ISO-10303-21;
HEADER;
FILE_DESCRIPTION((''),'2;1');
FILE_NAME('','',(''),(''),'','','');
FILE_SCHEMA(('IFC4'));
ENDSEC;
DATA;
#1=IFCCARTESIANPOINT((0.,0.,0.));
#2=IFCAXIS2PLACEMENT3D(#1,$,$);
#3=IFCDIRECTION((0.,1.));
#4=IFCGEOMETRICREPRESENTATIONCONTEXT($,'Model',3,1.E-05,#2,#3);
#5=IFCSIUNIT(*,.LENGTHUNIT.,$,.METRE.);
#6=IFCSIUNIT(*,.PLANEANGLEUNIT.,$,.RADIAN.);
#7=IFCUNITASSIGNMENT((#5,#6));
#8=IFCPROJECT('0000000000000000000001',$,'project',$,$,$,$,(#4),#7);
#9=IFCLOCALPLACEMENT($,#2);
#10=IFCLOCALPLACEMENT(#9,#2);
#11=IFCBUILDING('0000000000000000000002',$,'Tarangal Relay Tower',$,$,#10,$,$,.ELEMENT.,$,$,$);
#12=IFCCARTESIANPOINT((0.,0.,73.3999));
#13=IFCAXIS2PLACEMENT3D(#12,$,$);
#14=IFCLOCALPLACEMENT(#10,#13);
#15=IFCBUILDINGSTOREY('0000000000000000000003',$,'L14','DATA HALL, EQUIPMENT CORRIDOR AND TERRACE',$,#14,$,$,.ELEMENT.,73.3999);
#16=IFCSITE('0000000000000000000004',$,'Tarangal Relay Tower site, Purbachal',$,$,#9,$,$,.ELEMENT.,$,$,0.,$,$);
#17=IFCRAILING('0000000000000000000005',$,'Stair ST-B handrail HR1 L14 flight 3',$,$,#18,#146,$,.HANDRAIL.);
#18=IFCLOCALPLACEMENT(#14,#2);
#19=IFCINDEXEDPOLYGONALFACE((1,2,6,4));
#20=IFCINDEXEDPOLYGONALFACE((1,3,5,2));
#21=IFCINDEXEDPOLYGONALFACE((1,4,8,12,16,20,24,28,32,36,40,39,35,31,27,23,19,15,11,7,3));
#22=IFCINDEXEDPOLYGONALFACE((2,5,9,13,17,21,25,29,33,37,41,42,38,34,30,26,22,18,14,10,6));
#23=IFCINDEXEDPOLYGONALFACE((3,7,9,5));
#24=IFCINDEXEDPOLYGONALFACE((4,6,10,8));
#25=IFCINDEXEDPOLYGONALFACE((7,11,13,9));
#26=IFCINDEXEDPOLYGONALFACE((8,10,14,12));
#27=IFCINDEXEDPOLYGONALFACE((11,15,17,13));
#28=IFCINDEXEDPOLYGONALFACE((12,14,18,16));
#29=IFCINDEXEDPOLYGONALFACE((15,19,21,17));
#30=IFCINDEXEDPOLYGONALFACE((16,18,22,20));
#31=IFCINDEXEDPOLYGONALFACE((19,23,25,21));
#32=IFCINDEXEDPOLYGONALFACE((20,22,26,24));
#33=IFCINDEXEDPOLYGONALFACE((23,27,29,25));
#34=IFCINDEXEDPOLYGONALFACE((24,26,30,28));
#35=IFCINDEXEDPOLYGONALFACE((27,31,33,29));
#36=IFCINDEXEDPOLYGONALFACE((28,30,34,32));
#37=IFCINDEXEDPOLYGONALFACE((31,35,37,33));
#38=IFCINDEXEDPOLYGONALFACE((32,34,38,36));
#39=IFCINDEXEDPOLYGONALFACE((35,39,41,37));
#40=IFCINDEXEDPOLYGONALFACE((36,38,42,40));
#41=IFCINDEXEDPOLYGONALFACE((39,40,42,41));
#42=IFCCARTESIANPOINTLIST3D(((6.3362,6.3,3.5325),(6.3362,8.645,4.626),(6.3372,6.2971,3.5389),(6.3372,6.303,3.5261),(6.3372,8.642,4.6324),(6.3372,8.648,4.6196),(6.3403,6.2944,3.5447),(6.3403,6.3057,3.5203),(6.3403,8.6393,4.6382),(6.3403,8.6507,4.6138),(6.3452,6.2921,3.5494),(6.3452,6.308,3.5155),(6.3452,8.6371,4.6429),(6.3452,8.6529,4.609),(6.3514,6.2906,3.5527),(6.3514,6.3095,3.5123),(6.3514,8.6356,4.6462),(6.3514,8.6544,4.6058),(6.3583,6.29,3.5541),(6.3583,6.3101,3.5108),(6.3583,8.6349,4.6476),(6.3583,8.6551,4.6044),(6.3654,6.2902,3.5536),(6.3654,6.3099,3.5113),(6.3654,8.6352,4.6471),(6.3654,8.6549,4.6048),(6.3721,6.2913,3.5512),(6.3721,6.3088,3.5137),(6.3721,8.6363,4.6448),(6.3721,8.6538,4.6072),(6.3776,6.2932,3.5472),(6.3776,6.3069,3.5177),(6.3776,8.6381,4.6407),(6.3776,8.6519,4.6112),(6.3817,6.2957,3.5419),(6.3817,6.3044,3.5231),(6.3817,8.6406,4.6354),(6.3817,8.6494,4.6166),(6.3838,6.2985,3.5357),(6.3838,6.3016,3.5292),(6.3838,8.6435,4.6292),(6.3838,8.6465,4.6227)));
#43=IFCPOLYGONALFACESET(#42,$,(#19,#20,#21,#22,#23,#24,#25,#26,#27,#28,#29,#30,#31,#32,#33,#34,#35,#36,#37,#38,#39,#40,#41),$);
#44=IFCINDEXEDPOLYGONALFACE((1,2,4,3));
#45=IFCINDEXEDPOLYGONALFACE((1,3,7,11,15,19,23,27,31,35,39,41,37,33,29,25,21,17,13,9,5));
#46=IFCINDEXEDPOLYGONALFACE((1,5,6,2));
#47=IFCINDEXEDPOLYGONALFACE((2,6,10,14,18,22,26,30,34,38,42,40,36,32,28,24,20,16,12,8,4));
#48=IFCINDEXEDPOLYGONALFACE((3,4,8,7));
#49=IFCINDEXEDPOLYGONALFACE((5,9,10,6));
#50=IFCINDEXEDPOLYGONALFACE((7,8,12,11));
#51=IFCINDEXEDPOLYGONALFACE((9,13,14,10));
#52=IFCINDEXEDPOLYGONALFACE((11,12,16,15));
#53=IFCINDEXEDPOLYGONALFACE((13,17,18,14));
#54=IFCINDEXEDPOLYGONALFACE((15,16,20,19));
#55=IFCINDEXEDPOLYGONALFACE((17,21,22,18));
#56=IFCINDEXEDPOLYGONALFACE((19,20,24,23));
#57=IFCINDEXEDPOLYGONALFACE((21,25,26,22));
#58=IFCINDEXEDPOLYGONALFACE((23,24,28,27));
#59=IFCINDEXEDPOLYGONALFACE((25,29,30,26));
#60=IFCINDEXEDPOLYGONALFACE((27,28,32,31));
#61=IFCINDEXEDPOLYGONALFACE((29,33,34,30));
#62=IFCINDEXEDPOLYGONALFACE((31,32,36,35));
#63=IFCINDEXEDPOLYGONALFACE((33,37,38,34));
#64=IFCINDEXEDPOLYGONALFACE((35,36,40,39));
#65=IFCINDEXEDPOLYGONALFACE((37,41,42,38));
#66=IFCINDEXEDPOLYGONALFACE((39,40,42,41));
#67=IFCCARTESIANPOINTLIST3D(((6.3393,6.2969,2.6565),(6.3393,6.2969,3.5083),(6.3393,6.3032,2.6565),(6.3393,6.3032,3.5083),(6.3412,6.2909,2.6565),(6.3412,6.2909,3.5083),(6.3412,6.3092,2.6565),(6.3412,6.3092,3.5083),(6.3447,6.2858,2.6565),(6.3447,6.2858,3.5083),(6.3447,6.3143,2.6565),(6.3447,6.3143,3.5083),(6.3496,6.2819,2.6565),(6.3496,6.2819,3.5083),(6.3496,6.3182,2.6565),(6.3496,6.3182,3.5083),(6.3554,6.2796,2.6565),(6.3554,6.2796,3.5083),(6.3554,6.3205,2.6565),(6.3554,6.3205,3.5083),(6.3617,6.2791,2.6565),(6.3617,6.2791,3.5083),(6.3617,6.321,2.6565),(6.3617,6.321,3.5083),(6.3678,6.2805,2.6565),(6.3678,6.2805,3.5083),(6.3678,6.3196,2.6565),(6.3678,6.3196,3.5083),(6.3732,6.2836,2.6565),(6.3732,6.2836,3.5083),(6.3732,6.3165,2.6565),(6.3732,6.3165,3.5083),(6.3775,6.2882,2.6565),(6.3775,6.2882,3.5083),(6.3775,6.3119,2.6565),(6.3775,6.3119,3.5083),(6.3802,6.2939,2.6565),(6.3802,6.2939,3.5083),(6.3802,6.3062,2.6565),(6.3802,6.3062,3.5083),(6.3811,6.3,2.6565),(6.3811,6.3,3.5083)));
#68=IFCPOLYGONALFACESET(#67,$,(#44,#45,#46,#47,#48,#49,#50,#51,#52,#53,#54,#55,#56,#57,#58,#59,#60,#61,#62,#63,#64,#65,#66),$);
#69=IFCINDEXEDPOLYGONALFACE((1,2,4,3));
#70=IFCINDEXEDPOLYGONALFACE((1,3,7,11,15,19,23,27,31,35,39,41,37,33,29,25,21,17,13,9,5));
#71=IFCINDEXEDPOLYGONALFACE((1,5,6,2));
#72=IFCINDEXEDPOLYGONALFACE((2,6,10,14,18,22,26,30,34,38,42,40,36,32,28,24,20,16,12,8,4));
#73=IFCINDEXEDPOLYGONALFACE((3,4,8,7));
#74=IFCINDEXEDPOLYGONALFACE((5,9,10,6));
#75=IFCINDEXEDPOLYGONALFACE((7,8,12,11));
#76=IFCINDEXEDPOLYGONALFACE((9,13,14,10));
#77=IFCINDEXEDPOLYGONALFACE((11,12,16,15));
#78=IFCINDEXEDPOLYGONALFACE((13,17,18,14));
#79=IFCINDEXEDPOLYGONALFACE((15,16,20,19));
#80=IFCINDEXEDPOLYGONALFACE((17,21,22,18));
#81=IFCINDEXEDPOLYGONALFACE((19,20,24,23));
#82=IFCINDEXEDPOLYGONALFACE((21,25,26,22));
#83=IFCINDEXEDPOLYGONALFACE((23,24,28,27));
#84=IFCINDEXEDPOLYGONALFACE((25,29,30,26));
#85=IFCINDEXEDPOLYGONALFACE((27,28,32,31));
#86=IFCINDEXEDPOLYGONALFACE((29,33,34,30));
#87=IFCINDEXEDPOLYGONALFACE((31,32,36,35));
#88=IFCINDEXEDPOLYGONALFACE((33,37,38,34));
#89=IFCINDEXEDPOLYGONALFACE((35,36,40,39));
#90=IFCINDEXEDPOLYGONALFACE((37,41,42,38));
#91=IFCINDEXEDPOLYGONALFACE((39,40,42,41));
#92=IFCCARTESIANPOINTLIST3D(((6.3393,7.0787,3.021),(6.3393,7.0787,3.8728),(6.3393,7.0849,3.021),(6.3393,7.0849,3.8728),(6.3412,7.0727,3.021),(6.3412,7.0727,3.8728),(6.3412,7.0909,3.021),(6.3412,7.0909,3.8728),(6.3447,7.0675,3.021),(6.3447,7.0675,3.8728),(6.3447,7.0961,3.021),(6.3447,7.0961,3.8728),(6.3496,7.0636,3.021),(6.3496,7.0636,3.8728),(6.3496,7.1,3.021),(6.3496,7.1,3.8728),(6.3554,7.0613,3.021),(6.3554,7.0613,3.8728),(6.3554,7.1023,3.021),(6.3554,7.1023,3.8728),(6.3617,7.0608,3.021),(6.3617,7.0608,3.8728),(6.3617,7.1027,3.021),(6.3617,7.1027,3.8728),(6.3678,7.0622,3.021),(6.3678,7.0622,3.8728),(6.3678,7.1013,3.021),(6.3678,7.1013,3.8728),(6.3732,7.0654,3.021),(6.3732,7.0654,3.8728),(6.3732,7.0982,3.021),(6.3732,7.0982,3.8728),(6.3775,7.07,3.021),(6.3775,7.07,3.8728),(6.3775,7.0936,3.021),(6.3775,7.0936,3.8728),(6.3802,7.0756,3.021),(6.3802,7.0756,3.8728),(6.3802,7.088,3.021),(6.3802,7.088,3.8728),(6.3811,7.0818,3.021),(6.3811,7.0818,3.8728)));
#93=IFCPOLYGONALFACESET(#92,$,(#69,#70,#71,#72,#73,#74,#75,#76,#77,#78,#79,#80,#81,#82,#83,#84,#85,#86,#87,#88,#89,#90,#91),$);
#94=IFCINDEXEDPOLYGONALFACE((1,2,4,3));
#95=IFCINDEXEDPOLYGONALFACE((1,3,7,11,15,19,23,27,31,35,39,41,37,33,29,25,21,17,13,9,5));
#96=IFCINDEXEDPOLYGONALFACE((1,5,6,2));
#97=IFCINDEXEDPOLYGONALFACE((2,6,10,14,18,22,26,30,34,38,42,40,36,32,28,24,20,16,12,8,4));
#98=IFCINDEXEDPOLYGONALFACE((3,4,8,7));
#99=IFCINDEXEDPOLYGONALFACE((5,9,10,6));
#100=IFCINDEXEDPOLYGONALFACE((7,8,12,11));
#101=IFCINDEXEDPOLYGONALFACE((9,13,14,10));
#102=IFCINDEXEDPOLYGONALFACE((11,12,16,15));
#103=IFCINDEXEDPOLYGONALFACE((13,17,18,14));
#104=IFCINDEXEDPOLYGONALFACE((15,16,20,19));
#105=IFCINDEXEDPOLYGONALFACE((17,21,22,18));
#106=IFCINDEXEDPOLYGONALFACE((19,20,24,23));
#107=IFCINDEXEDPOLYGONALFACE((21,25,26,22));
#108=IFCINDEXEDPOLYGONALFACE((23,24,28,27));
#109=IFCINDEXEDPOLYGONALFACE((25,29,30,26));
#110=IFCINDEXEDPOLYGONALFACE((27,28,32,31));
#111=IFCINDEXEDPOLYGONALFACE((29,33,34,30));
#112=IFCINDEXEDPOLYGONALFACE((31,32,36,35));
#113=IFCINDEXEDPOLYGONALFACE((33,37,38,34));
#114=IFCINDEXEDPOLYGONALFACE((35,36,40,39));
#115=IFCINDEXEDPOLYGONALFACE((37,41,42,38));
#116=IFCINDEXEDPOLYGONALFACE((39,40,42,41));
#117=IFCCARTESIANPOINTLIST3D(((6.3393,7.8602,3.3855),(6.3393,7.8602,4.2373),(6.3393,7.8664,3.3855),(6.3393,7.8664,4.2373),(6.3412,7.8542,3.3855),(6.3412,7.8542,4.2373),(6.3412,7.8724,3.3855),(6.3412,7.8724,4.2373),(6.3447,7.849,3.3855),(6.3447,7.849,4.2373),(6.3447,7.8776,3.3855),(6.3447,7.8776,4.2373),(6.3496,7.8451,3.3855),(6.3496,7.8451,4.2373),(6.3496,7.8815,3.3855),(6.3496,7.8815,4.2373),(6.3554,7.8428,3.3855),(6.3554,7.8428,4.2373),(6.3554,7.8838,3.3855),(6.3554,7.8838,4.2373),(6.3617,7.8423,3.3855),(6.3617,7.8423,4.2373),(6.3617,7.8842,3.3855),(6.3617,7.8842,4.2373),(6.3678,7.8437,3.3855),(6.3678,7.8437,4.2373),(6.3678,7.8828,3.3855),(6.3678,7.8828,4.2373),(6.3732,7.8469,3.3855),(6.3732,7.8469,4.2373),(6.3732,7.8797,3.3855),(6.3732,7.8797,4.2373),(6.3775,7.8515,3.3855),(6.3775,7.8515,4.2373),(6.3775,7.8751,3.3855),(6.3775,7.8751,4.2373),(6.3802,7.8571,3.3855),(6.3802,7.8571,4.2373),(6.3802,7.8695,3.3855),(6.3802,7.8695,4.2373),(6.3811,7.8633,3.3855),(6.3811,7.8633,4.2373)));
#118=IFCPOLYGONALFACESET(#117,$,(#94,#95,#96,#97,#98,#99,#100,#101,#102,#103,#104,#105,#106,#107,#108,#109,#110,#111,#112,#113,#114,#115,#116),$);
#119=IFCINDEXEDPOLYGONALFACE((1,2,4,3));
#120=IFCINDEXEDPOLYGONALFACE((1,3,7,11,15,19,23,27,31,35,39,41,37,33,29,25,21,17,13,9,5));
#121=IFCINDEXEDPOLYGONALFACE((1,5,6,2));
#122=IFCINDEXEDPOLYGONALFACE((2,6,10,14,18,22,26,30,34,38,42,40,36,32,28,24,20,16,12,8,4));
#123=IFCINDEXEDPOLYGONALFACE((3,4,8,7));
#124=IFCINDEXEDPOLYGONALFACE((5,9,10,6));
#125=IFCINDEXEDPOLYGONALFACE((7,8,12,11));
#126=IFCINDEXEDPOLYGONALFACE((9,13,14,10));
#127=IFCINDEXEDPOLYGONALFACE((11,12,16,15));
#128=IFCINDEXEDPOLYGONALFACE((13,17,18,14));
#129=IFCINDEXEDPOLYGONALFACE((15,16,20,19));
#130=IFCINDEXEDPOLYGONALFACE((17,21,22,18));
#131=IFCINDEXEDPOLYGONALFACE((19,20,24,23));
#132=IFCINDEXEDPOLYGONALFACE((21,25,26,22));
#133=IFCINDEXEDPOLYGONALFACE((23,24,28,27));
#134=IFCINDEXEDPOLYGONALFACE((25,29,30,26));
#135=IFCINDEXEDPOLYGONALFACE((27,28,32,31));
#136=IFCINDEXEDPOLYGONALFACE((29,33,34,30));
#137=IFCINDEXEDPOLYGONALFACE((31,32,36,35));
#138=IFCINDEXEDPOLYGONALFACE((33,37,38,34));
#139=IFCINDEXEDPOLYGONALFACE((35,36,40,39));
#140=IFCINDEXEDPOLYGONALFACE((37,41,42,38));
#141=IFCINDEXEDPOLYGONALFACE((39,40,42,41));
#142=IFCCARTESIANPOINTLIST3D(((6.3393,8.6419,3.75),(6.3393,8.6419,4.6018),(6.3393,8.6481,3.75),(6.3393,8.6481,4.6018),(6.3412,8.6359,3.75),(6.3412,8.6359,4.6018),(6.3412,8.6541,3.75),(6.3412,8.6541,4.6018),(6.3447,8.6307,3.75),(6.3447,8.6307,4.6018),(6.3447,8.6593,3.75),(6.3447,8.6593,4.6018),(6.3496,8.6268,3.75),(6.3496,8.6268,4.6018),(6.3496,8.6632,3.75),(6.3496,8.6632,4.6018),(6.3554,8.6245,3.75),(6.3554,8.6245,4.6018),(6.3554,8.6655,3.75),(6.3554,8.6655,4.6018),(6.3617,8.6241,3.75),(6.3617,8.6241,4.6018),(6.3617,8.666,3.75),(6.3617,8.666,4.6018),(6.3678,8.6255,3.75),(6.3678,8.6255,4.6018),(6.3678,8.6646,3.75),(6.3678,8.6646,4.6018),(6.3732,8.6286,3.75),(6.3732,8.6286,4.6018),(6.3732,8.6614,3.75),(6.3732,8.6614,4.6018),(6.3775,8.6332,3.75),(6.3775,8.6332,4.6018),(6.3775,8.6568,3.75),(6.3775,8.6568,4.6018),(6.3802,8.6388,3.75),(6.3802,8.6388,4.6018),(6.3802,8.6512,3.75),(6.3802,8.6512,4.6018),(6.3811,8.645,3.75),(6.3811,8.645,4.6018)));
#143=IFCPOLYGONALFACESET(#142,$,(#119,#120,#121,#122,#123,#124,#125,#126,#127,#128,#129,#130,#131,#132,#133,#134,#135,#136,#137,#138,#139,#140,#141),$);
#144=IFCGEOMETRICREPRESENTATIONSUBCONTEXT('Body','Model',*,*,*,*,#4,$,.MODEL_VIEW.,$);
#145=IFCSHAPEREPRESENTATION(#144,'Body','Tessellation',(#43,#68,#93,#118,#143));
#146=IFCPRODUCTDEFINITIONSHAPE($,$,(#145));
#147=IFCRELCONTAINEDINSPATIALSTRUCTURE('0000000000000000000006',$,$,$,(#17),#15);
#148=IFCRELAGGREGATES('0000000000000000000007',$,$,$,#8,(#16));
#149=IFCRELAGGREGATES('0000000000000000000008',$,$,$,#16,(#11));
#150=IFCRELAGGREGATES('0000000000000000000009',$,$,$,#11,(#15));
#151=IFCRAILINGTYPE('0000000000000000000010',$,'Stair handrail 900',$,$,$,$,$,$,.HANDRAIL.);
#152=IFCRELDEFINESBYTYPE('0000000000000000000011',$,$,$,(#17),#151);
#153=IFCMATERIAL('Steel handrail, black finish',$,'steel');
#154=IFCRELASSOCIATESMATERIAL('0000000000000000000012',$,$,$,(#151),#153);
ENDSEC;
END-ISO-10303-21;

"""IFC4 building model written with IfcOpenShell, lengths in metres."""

from ifc_helpers import new_model, si_unit, direction, frame, origin, origin_2d, place, context, subcontext, project, spatial, circle, extrude, material, type_object, element, save


model = new_model("IFC4")

# Units and contexts
model_context = context("Model", 3, precision=1e-05, world=origin(), true_north=direction((0.0, 1.0)))
body_context = subcontext(model_context, "Body", "Model", "MODEL_VIEW")
ifc_project = project(units=[si_unit("LENGTHUNIT", "METRE"), si_unit("PLANEANGLEUNIT", "RADIAN")], contexts=[model_context])

# Site, building, storey
site_placement = place(None, origin())
site = spatial("IfcSite", under=ifc_project, at=site_placement, Name="Tarangal Relay Tower site, Purbachal", CompositionType="ELEMENT", RefElevation=0.0)
building_placement = place(site_placement, origin())
building = spatial("IfcBuilding", under=site, at=building_placement, Name="Tarangal Relay Tower", CompositionType="ELEMENT")
storey_placement = place(building_placement, frame((0.0, 0.0, 73.3999)))
storey = spatial("IfcBuildingStorey", under=building, at=storey_placement, Name="L14", Description="DATA HALL, EQUIPMENT CORRIDOR AND TERRACE", CompositionType="ELEMENT", Elevation=73.3999)

# Railing
ifc_material_1 = material(Name="Steel handrail, black finish", Category="steel")
railing_type_1 = type_object("IfcRailingType", Name="Stair handrail 900", PredefinedType="HANDRAIL", material=ifc_material_1)
for number, where, name in (
    (1, (6.3601, 6.3, 2.6565), "Stair ST-B handrail HR1 L14 flight 3"),
):
    element("IfcRailing", number, at=place(storey_placement, frame(where)), inside=storey, type_object=railing_type_1, Name=name, PredefinedType="HANDRAIL", context=body_context, shape_type="SweptSolid", body=[
        extrude(circle(Radius=0.0239, at=origin_2d()), frame((0.0, 0.0, 0.876), z_axis=(0.0, 0.906304, 0.422627), x_axis=(-1.0, 0.0, 0.0)), (0.0, 0.0, 1.0), 2.5874),
        extrude(circle(Radius=0.021, at=origin_2d()), origin(), (0.0, 0.0, 1.0), 0.8518),
        extrude(circle(Radius=0.021, at=origin_2d()), frame((0.0, 0.7817, 0.3645)), (0.0, 0.0, 1.0), 0.8518),
        extrude(circle(Radius=0.021, at=origin_2d()), frame((0.0, 1.5632, 0.729)), (0.0, 0.0, 1.0), 0.8518),
        extrude(circle(Radius=0.021, at=origin_2d()), frame((0.0, 2.345, 1.0935)), (0.0, 0.0, 1.0), 0.8518),
    ])

save(model, "model.ifc")
